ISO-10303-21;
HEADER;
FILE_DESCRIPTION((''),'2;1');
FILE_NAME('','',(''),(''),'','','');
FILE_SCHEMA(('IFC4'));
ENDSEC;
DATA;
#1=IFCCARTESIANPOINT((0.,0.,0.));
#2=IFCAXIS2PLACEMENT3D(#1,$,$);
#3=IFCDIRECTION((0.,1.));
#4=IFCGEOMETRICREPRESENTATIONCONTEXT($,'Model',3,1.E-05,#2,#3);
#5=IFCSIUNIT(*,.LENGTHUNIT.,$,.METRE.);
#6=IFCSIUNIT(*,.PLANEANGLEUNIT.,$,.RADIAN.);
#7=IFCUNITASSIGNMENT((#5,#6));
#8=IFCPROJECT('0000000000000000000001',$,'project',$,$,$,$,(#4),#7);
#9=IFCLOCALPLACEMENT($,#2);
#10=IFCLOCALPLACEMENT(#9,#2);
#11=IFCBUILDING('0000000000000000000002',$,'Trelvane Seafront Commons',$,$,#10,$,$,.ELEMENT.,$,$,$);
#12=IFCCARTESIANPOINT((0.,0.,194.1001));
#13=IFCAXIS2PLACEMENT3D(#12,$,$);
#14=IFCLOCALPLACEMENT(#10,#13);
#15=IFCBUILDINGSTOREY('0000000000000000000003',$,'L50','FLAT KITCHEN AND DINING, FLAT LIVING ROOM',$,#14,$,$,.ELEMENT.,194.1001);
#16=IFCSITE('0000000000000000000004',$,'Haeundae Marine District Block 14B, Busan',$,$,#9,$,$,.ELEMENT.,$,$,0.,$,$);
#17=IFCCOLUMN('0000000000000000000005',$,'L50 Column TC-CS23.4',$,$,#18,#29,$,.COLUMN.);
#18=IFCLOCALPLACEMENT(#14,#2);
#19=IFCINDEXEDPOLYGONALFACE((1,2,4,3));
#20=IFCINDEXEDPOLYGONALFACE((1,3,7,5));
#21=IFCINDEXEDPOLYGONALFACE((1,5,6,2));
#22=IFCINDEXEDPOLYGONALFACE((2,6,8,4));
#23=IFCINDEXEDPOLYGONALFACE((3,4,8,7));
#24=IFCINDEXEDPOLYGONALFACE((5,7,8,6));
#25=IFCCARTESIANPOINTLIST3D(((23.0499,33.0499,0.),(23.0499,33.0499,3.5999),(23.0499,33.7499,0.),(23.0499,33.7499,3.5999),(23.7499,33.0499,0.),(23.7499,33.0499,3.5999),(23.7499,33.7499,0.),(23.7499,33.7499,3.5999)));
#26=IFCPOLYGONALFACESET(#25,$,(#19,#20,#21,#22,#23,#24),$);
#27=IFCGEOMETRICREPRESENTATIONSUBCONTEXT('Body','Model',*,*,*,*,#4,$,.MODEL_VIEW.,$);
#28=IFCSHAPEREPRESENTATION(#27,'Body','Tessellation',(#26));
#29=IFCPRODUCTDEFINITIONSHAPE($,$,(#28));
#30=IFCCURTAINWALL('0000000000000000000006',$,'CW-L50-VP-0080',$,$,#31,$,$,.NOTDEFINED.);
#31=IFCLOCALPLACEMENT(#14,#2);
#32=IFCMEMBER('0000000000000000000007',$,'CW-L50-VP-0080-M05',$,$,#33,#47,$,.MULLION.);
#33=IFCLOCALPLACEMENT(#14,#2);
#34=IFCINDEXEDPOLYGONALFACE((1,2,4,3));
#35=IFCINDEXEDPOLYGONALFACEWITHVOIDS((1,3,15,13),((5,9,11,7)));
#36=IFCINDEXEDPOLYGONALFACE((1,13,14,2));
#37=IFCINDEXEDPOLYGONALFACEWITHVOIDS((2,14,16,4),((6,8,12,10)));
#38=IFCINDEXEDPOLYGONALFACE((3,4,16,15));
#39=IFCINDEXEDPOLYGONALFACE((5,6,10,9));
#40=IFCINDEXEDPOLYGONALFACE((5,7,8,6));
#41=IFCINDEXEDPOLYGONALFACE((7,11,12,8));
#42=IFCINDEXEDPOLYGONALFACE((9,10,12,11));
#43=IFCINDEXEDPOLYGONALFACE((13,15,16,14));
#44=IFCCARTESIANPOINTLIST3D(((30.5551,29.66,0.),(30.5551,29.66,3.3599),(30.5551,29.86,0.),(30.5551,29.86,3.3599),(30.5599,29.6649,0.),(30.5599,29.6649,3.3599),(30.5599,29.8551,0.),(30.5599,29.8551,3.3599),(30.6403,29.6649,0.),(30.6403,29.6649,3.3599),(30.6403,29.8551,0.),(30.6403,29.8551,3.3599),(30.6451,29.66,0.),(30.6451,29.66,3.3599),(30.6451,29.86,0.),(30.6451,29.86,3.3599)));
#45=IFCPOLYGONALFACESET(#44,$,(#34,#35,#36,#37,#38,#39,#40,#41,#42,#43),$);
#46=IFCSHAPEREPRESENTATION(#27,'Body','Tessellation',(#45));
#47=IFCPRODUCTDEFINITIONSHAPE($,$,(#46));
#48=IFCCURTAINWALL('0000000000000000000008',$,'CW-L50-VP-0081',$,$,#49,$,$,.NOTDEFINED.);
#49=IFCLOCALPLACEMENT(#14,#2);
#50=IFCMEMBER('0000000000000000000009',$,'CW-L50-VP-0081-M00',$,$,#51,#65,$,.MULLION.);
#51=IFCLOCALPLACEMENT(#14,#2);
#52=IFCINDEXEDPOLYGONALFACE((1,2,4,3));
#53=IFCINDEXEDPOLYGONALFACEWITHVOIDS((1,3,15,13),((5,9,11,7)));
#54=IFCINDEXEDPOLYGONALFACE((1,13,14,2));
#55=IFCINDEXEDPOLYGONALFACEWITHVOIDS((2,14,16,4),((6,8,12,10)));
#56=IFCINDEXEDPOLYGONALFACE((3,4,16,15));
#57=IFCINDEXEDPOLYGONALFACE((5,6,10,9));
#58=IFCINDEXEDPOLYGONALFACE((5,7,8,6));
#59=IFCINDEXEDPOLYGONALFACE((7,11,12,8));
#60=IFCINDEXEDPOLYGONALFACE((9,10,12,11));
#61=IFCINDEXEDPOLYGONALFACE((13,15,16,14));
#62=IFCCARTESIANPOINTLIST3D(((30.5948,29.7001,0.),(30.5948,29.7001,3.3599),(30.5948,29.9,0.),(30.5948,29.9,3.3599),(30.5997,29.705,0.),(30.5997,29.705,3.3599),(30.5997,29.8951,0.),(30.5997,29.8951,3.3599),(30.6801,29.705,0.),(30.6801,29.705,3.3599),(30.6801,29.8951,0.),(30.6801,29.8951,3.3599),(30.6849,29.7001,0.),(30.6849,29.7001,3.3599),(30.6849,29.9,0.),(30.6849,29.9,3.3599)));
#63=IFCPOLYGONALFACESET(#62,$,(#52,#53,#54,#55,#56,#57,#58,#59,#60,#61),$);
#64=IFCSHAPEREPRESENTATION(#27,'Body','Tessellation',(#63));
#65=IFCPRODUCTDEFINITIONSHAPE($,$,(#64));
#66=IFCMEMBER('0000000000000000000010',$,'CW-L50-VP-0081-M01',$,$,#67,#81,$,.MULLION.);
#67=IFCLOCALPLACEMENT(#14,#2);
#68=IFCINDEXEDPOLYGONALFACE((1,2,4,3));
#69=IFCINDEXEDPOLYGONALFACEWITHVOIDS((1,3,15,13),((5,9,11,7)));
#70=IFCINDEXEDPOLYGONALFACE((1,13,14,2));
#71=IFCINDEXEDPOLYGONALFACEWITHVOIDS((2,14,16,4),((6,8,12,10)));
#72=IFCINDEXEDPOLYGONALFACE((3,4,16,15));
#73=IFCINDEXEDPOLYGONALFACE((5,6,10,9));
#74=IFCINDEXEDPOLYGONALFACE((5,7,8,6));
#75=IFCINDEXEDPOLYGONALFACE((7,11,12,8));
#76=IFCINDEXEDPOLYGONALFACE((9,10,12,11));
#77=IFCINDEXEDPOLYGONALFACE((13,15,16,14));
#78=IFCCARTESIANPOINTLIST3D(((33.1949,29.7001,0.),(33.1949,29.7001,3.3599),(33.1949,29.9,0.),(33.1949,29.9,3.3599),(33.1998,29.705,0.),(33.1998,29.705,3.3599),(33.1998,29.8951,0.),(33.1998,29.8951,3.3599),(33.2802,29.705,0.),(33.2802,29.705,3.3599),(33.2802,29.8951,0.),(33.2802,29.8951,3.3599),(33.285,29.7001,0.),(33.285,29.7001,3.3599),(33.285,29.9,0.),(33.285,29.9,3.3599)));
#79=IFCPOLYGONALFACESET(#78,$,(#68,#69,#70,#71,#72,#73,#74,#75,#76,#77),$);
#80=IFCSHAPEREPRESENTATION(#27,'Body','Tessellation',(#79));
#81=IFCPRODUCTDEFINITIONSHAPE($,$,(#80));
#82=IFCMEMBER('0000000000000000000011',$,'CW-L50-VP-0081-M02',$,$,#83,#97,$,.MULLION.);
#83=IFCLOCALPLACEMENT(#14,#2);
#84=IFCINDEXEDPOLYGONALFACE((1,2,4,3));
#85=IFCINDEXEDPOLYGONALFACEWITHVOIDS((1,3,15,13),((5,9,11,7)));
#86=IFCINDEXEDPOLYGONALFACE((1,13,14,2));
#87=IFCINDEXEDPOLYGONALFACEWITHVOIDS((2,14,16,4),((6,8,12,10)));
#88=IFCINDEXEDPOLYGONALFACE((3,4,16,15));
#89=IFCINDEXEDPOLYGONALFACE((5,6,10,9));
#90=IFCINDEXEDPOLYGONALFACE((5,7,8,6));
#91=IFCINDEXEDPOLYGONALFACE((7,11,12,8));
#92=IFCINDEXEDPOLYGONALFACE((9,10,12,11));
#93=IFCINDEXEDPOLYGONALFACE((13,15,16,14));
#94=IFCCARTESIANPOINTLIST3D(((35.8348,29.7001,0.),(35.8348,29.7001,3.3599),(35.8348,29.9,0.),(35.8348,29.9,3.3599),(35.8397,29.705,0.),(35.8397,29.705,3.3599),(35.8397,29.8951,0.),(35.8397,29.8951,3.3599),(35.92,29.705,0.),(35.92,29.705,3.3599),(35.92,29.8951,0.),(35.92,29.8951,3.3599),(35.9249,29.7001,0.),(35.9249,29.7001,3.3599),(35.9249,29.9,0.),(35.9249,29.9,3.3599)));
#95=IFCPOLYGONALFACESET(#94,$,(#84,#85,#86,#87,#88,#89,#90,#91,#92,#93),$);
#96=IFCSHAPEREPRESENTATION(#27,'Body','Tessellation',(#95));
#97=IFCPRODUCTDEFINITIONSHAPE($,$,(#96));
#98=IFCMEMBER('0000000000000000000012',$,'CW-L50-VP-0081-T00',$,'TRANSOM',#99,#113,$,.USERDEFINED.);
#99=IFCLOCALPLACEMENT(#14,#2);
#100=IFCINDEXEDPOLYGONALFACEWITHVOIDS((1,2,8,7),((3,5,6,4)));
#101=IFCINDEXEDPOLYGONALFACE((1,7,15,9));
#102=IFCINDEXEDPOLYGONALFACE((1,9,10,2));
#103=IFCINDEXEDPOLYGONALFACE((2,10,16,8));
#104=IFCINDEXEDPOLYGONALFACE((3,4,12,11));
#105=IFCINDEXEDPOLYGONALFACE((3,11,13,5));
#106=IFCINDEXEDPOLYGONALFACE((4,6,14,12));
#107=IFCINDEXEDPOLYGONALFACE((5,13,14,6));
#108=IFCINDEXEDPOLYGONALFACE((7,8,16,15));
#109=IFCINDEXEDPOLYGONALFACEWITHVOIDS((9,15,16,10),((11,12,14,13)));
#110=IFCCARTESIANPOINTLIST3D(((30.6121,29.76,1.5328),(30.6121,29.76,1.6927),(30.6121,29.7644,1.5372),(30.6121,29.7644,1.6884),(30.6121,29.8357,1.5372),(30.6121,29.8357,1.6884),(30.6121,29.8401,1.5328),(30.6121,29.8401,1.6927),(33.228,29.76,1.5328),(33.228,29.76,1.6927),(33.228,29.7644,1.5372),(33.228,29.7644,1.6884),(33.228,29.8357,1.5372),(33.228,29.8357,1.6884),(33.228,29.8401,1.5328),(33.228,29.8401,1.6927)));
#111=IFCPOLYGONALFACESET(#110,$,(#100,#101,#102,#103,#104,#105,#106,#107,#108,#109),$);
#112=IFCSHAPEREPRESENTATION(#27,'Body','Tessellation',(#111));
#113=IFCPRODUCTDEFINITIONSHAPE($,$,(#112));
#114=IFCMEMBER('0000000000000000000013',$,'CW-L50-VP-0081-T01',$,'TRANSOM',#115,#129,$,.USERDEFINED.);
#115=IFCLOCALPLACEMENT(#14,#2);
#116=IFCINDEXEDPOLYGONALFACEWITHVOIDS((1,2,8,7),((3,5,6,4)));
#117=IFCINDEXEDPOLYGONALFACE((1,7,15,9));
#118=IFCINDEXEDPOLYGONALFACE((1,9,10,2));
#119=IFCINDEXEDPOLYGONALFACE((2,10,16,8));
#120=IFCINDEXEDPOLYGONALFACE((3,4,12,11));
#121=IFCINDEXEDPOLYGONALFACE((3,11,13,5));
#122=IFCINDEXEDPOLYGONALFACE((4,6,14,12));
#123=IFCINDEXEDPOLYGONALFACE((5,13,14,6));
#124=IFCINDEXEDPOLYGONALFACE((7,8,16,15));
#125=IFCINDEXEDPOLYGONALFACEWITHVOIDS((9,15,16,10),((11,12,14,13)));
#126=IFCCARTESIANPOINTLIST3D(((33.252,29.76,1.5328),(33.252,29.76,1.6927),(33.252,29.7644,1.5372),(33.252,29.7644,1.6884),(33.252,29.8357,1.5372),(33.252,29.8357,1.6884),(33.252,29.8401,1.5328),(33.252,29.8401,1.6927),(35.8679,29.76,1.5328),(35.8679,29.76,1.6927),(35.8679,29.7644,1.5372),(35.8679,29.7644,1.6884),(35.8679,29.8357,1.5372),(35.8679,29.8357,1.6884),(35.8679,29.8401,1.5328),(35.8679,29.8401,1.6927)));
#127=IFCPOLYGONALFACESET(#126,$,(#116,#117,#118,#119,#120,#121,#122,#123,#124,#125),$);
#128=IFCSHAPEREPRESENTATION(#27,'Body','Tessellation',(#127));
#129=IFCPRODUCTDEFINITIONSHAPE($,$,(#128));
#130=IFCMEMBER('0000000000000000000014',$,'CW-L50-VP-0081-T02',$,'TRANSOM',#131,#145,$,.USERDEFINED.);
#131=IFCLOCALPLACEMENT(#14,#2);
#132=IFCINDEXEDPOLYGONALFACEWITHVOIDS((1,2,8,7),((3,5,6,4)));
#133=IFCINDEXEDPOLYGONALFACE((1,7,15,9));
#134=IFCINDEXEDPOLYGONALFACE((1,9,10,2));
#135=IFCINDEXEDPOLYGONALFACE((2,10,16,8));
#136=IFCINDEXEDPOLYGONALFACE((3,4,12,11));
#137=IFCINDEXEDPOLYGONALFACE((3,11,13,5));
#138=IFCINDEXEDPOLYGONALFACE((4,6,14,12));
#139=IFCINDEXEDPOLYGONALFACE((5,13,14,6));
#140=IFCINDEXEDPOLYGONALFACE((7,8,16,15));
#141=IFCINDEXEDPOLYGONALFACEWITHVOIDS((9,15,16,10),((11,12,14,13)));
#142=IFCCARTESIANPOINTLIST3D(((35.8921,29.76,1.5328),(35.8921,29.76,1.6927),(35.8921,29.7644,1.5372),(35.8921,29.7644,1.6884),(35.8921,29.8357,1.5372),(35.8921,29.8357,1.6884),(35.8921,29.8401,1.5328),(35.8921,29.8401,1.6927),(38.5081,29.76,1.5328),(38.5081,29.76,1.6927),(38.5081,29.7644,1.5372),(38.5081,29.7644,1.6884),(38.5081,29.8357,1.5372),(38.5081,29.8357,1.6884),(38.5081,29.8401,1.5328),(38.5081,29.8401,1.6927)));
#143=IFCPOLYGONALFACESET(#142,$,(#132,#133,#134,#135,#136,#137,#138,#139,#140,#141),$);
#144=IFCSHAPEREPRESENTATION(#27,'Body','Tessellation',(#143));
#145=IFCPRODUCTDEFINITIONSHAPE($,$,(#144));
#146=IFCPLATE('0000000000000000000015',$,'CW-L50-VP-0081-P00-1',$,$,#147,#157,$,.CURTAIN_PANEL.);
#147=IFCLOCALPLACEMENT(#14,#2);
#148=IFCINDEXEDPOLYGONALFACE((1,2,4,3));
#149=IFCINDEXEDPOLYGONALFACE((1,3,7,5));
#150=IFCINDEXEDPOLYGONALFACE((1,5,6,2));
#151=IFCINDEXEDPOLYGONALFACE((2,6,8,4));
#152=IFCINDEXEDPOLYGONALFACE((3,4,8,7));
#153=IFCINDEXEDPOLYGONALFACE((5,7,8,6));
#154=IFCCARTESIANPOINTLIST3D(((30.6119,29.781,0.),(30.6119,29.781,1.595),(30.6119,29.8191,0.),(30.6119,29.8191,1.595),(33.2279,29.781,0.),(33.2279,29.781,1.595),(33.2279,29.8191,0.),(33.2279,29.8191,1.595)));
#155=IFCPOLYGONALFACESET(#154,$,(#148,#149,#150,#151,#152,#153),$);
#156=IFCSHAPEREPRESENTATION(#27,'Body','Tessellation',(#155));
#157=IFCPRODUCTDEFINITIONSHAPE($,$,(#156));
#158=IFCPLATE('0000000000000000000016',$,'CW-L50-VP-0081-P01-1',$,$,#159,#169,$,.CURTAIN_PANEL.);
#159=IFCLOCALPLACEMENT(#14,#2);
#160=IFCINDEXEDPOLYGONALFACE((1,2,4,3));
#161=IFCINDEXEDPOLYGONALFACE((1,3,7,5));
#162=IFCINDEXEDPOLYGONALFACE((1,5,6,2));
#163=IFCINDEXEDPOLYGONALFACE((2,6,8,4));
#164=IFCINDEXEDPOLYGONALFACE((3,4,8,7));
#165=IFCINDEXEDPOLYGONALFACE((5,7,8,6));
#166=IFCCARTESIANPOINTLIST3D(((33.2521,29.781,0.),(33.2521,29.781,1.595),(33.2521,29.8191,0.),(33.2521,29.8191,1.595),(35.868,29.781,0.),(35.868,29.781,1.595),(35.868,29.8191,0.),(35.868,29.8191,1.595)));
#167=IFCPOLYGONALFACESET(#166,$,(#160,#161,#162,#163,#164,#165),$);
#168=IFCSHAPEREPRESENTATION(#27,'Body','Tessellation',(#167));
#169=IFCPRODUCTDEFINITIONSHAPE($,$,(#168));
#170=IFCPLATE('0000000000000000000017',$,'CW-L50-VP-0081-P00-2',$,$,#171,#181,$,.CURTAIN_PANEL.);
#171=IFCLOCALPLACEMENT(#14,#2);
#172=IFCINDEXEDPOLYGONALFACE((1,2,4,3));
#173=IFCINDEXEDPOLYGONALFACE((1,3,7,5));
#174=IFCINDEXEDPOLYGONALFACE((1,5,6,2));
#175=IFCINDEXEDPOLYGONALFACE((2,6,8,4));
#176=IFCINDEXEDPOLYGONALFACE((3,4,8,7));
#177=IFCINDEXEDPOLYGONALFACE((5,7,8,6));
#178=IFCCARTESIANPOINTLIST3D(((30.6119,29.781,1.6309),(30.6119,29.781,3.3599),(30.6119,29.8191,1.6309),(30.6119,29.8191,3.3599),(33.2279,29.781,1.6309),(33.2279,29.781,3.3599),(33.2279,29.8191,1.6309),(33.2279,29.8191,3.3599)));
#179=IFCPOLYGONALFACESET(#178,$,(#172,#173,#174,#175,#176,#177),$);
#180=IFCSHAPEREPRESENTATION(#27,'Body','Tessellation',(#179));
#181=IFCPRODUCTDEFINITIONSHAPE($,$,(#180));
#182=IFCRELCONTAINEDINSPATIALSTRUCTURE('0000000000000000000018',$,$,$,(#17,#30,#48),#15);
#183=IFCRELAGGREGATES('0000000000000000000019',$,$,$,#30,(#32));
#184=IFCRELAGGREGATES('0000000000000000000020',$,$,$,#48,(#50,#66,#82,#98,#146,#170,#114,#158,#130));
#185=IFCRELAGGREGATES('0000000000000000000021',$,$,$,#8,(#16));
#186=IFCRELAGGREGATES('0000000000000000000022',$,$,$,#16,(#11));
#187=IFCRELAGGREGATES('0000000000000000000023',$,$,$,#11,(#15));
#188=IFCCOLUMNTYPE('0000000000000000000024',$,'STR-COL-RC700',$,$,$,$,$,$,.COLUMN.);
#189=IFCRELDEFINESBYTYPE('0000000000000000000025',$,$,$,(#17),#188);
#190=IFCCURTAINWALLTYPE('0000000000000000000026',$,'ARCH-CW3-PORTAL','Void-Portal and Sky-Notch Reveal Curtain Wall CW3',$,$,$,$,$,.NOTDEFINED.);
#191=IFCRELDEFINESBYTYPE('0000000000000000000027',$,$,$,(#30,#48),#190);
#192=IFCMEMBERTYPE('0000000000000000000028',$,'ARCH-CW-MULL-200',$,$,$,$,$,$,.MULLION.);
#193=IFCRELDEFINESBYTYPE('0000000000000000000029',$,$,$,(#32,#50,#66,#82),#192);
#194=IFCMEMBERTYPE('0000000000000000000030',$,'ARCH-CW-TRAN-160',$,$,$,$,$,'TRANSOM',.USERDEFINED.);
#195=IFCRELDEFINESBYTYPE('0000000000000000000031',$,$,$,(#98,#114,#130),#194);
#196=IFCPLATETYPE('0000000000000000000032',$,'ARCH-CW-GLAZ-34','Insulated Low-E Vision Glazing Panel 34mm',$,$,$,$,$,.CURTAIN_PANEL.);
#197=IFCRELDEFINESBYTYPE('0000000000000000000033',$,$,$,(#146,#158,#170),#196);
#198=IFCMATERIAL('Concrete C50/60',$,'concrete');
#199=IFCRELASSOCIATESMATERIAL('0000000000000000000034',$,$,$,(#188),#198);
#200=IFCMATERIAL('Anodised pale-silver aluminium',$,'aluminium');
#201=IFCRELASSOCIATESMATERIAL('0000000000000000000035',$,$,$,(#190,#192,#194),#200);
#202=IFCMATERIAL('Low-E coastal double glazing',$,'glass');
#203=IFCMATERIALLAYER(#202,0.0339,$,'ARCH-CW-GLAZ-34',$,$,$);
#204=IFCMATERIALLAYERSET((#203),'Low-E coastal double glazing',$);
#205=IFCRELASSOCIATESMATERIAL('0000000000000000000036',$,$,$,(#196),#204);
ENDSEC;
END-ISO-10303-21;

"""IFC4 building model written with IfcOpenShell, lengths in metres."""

from ifc_helpers import new_model, si_unit, direction, frame, origin, origin_2d, place, context, subcontext, project, spatial, rectangle, hollow_rectangle, extrude, source, transform, mapped, material, layer, layer_set, material_profile, profile_set, type_object, element, aggregate, save


model = new_model("IFC4")

# Units and contexts
model_context = context("Model", 3, precision=1e-05, world=origin(), true_north=direction((0.0, 1.0)))
body_context = subcontext(model_context, "Body", "Model", "MODEL_VIEW")
ifc_project = project(units=[si_unit("LENGTHUNIT", "METRE"), si_unit("PLANEANGLEUNIT", "RADIAN")], contexts=[model_context])

# Site, building, storey
site_placement = place(None, origin())
site = spatial("IfcSite", under=ifc_project, at=site_placement, Name="Haeundae Marine District Block 14B, Busan", CompositionType="ELEMENT", RefElevation=0.0)
building_placement = place(site_placement, origin())
building = spatial("IfcBuilding", under=site, at=building_placement, Name="Trelvane Seafront Commons", CompositionType="ELEMENT")
storey_placement = place(building_placement, frame((0.0, 0.0, 194.1001)))
storey = spatial("IfcBuildingStorey", under=building, at=storey_placement, Name="L50", Description="FLAT KITCHEN AND DINING, FLAT LIVING ROOM", CompositionType="ELEMENT", Elevation=194.1001)

# Column
ifc_material_1 = material(Name="Concrete C50/60", Category="concrete")
ifc_material_profile_1 = material_profile(ifc_material_1, rectangle(XDim=0.7, YDim=0.7, at=origin_2d()), Name="RC-700x700")
ifc_profile_set_1 = profile_set([ifc_material_profile_1], Name="Concrete C50/60")
column_type = type_object("IfcColumnType", Name="STR-COL-RC700", PredefinedType="COLUMN", material=ifc_profile_set_1)
shared_shape_1 = source(origin(), body_context, "Body", "SweptSolid", [
    extrude(rectangle(XDim=0.7, YDim=0.7, at=origin_2d()), origin(), (0.0, 0.0, 1.0), 3.5999),
])
column_placement = place(storey_placement, frame((23.3999, 33.3999, 0.0), z_axis=(0.0, 0.0, 1.0), x_axis=(1.0, 0.0, 0.0)))
element("IfcColumn", 1, at=column_placement, inside=storey, type_object=column_type, Name="L50 Column TC-CS23.4", PredefinedType="COLUMN", context=body_context, shape_type="MappedRepresentation", body=[
    mapped(shared_shape_1, transform((0.0, 0.0, 0.0), x_axis=(1.0, 0.0, 0.0), y_axis=(0.0, 1.0, 0.0), z_axis=(0.0, 0.0, 1.0), scale=1.0)),
])

# Curtain wall, member
ifc_material_2 = material(Name="Anodised pale-silver aluminium", Category="aluminium")
curtain_wall_type = type_object("IfcCurtainWallType", Name="ARCH-CW3-PORTAL", Description="Void-Portal and Sky-Notch Reveal Curtain Wall CW3", PredefinedType="NOTDEFINED", material=ifc_material_2)
curtain_wall_1_placement = place(storey_placement, origin())
curtain_wall_1 = element("IfcCurtainWall", 2, at=curtain_wall_1_placement, inside=storey, type_object=curtain_wall_type, Name="CW-L50-VP-0080", PredefinedType="NOTDEFINED")
ifc_material_profile_2 = material_profile(ifc_material_2, hollow_rectangle(XDim=0.0901, YDim=0.2, WallThickness=0.0049, at=origin_2d()), Name="MULL-90x200x5")
ifc_profile_set_2 = profile_set([ifc_material_profile_2], Name="Anodised pale-silver aluminium")
member_type_1 = type_object("IfcMemberType", Name="ARCH-CW-MULL-200", PredefinedType="MULLION", material=ifc_profile_set_2)
shared_shape_2 = source(origin(), body_context, "Body", "SweptSolid", [
    extrude(hollow_rectangle(XDim=0.0901, YDim=0.2, WallThickness=0.0049, at=origin_2d()), origin(), (0.0, 0.0, 1.0), 3.3599),
])
member_1_placement = place(storey_placement, frame((30.6001, 29.76, 0.0), z_axis=(0.0, 0.0, 1.0), x_axis=(1.0, 0.0, 0.0)))
member_1 = element("IfcMember", 3, at=member_1_placement, type_object=member_type_1, Name="CW-L50-VP-0080-M05", PredefinedType="MULLION", context=body_context, shape_type="MappedRepresentation", body=[
    mapped(shared_shape_2, transform((0.0, 0.0, 0.0), x_axis=(1.0, 0.0, 0.0), y_axis=(0.0, 1.0, 0.0), z_axis=(0.0, 0.0, 1.0), scale=1.0)),
])
aggregate(curtain_wall_1, [member_1])

# Curtain wall, members, plates
curtain_wall_2_placement = place(storey_placement, origin())
curtain_wall_2 = element("IfcCurtainWall", 4, at=curtain_wall_2_placement, inside=storey, type_object=curtain_wall_type, Name="CW-L50-VP-0081", PredefinedType="NOTDEFINED")
member_2_placement = place(storey_placement, frame((30.6399, 29.8, 0.0), z_axis=(0.0, 0.0, 1.0), x_axis=(1.0, 0.0, 0.0)))
member_2 = element("IfcMember", 5, at=member_2_placement, type_object=member_type_1, Name="CW-L50-VP-0081-M00", PredefinedType="MULLION", context=body_context, shape_type="MappedRepresentation", body=[
    mapped(shared_shape_2, transform((0.0, 0.0, 0.0), x_axis=(1.0, 0.0, 0.0), y_axis=(0.0, 1.0, 0.0), z_axis=(0.0, 0.0, 1.0), scale=1.0)),
])
member_3_placement = place(storey_placement, frame((33.24, 29.8, 0.0), z_axis=(0.0, 0.0, 1.0), x_axis=(1.0, 0.0, 0.0)))
member_3 = element("IfcMember", 6, at=member_3_placement, type_object=member_type_1, Name="CW-L50-VP-0081-M01", PredefinedType="MULLION", context=body_context, shape_type="MappedRepresentation", body=[
    mapped(shared_shape_2, transform((0.0, 0.0, 0.0), x_axis=(1.0, 0.0, 0.0), y_axis=(0.0, 1.0, 0.0), z_axis=(0.0, 0.0, 1.0), scale=1.0)),
])
member_4_placement = place(storey_placement, frame((35.8799, 29.8, 0.0), z_axis=(0.0, 0.0, 1.0), x_axis=(1.0, 0.0, 0.0)))
member_4 = element("IfcMember", 7, at=member_4_placement, type_object=member_type_1, Name="CW-L50-VP-0081-M02", PredefinedType="MULLION", context=body_context, shape_type="MappedRepresentation", body=[
    mapped(shared_shape_2, transform((0.0, 0.0, 0.0), x_axis=(1.0, 0.0, 0.0), y_axis=(0.0, 1.0, 0.0), z_axis=(0.0, 0.0, 1.0), scale=1.0)),
])
ifc_material_profile_3 = material_profile(ifc_material_2, hollow_rectangle(XDim=0.0801, YDim=0.1599, WallThickness=0.0044, at=origin_2d()), Name="TRAN-80x160x4.5")
ifc_profile_set_3 = profile_set([ifc_material_profile_3], Name="Anodised pale-silver aluminium")
member_type_2 = type_object("IfcMemberType", Name="ARCH-CW-TRAN-160", ElementType="TRANSOM", PredefinedType="USERDEFINED", material=ifc_profile_set_3)
shared_shape_3 = source(origin(), body_context, "Body", "SweptSolid", [
    extrude(hollow_rectangle(XDim=0.0801, YDim=0.1599, WallThickness=0.0044, at=origin_2d()), origin(), (0.0, 0.0, 1.0), 2.616),
])
member_5_placement = place(storey_placement, frame((30.6121, 29.8, 1.6128), z_axis=(1.0, 0.0, 0.0), x_axis=(0.0, 1.0, 0.0)))
member_5 = element("IfcMember", 8, at=member_5_placement, type_object=member_type_2, Name="CW-L50-VP-0081-T00", ObjectType="TRANSOM", PredefinedType="USERDEFINED", context=body_context, shape_type="MappedRepresentation", body=[
    mapped(shared_shape_3, transform((0.0, 0.0, 0.0), x_axis=(1.0, 0.0, 0.0), y_axis=(0.0, 1.0, 0.0), z_axis=(0.0, 0.0, 1.0), scale=1.0)),
])
member_6_placement = place(storey_placement, frame((33.252, 29.8, 1.6128), z_axis=(1.0, 0.0, 0.0), x_axis=(0.0, 1.0, 0.0)))
member_6 = element("IfcMember", 9, at=member_6_placement, type_object=member_type_2, Name="CW-L50-VP-0081-T01", ObjectType="TRANSOM", PredefinedType="USERDEFINED", context=body_context, shape_type="MappedRepresentation", body=[
    mapped(shared_shape_3, transform((0.0, 0.0, 0.0), x_axis=(1.0, 0.0, 0.0), y_axis=(0.0, 1.0, 0.0), z_axis=(0.0, 0.0, 1.0), scale=1.0)),
])
member_7_placement = place(storey_placement, frame((35.8921, 29.8, 1.6128), z_axis=(1.0, 0.0, 0.0), x_axis=(0.0, 1.0, 0.0)))
member_7 = element("IfcMember", 10, at=member_7_placement, type_object=member_type_2, Name="CW-L50-VP-0081-T02", ObjectType="TRANSOM", PredefinedType="USERDEFINED", context=body_context, shape_type="MappedRepresentation", body=[
    mapped(shared_shape_3, transform((0.0, 0.0, 0.0), x_axis=(1.0, 0.0, 0.0), y_axis=(0.0, 1.0, 0.0), z_axis=(0.0, 0.0, 1.0), scale=1.0)),
])
ifc_material_3 = material(Name="Low-E coastal double glazing", Category="glass")
ifc_layer_1 = layer(ifc_material_3, 0.0339, Name="ARCH-CW-GLAZ-34")
ifc_layer_set_1 = layer_set([ifc_layer_1], Name="Low-E coastal double glazing")
plate_type = type_object("IfcPlateType", Name="ARCH-CW-GLAZ-34", Description="Insulated Low-E Vision Glazing Panel 34mm", PredefinedType="CURTAIN_PANEL", material=ifc_layer_set_1)
shared_shape_4 = source(origin(), body_context, "Body", "SweptSolid", [
    extrude(rectangle(XDim=2.616, YDim=0.0381, at=origin_2d()), origin(), (0.0, 0.0, 1.0), 1.595),
])
plate_1_placement = place(storey_placement, frame((31.9199, 29.8, 0.0), z_axis=(0.0, 0.0, 1.0), x_axis=(1.0, 0.0, 0.0)))
plate_1 = element("IfcPlate", 11, at=plate_1_placement, type_object=plate_type, Name="CW-L50-VP-0081-P00-1", PredefinedType="CURTAIN_PANEL", context=body_context, shape_type="MappedRepresentation", body=[
    mapped(shared_shape_4, transform((0.0, 0.0, 0.0), x_axis=(1.0, 0.0, 0.0), y_axis=(0.0, 1.0, 0.0), z_axis=(0.0, 0.0, 1.0), scale=1.0)),
])
plate_2_placement = place(storey_placement, frame((34.5601, 29.8, 0.0), z_axis=(0.0, 0.0, 1.0), x_axis=(1.0, 0.0, 0.0)))
plate_2 = element("IfcPlate", 12, at=plate_2_placement, type_object=plate_type, Name="CW-L50-VP-0081-P01-1", PredefinedType="CURTAIN_PANEL", context=body_context, shape_type="MappedRepresentation", body=[
    mapped(shared_shape_4, transform((0.0, 0.0, 0.0), x_axis=(1.0, 0.0, 0.0), y_axis=(0.0, 1.0, 0.0), z_axis=(0.0, 0.0, 1.0), scale=1.0)),
])
shared_shape_5 = source(origin(), body_context, "Body", "SweptSolid", [
    extrude(rectangle(XDim=2.616, YDim=0.0381, at=origin_2d()), origin(), (0.0, 0.0, 1.0), 1.729),
])
plate_3_placement = place(storey_placement, frame((31.9199, 29.8, 1.6309), z_axis=(0.0, 0.0, 1.0), x_axis=(1.0, 0.0, 0.0)))
plate_3 = element("IfcPlate", 13, at=plate_3_placement, type_object=plate_type, Name="CW-L50-VP-0081-P00-2", PredefinedType="CURTAIN_PANEL", context=body_context, shape_type="MappedRepresentation", body=[
    mapped(shared_shape_5, transform((0.0, 0.0, 0.0), x_axis=(1.0, 0.0, 0.0), y_axis=(0.0, 1.0, 0.0), z_axis=(0.0, 0.0, 1.0), scale=1.0)),
])
aggregate(curtain_wall_2, [member_2, member_3, member_4, member_5, plate_1, plate_3, member_6, plate_2, member_7])

save(model, "model.ifc")
